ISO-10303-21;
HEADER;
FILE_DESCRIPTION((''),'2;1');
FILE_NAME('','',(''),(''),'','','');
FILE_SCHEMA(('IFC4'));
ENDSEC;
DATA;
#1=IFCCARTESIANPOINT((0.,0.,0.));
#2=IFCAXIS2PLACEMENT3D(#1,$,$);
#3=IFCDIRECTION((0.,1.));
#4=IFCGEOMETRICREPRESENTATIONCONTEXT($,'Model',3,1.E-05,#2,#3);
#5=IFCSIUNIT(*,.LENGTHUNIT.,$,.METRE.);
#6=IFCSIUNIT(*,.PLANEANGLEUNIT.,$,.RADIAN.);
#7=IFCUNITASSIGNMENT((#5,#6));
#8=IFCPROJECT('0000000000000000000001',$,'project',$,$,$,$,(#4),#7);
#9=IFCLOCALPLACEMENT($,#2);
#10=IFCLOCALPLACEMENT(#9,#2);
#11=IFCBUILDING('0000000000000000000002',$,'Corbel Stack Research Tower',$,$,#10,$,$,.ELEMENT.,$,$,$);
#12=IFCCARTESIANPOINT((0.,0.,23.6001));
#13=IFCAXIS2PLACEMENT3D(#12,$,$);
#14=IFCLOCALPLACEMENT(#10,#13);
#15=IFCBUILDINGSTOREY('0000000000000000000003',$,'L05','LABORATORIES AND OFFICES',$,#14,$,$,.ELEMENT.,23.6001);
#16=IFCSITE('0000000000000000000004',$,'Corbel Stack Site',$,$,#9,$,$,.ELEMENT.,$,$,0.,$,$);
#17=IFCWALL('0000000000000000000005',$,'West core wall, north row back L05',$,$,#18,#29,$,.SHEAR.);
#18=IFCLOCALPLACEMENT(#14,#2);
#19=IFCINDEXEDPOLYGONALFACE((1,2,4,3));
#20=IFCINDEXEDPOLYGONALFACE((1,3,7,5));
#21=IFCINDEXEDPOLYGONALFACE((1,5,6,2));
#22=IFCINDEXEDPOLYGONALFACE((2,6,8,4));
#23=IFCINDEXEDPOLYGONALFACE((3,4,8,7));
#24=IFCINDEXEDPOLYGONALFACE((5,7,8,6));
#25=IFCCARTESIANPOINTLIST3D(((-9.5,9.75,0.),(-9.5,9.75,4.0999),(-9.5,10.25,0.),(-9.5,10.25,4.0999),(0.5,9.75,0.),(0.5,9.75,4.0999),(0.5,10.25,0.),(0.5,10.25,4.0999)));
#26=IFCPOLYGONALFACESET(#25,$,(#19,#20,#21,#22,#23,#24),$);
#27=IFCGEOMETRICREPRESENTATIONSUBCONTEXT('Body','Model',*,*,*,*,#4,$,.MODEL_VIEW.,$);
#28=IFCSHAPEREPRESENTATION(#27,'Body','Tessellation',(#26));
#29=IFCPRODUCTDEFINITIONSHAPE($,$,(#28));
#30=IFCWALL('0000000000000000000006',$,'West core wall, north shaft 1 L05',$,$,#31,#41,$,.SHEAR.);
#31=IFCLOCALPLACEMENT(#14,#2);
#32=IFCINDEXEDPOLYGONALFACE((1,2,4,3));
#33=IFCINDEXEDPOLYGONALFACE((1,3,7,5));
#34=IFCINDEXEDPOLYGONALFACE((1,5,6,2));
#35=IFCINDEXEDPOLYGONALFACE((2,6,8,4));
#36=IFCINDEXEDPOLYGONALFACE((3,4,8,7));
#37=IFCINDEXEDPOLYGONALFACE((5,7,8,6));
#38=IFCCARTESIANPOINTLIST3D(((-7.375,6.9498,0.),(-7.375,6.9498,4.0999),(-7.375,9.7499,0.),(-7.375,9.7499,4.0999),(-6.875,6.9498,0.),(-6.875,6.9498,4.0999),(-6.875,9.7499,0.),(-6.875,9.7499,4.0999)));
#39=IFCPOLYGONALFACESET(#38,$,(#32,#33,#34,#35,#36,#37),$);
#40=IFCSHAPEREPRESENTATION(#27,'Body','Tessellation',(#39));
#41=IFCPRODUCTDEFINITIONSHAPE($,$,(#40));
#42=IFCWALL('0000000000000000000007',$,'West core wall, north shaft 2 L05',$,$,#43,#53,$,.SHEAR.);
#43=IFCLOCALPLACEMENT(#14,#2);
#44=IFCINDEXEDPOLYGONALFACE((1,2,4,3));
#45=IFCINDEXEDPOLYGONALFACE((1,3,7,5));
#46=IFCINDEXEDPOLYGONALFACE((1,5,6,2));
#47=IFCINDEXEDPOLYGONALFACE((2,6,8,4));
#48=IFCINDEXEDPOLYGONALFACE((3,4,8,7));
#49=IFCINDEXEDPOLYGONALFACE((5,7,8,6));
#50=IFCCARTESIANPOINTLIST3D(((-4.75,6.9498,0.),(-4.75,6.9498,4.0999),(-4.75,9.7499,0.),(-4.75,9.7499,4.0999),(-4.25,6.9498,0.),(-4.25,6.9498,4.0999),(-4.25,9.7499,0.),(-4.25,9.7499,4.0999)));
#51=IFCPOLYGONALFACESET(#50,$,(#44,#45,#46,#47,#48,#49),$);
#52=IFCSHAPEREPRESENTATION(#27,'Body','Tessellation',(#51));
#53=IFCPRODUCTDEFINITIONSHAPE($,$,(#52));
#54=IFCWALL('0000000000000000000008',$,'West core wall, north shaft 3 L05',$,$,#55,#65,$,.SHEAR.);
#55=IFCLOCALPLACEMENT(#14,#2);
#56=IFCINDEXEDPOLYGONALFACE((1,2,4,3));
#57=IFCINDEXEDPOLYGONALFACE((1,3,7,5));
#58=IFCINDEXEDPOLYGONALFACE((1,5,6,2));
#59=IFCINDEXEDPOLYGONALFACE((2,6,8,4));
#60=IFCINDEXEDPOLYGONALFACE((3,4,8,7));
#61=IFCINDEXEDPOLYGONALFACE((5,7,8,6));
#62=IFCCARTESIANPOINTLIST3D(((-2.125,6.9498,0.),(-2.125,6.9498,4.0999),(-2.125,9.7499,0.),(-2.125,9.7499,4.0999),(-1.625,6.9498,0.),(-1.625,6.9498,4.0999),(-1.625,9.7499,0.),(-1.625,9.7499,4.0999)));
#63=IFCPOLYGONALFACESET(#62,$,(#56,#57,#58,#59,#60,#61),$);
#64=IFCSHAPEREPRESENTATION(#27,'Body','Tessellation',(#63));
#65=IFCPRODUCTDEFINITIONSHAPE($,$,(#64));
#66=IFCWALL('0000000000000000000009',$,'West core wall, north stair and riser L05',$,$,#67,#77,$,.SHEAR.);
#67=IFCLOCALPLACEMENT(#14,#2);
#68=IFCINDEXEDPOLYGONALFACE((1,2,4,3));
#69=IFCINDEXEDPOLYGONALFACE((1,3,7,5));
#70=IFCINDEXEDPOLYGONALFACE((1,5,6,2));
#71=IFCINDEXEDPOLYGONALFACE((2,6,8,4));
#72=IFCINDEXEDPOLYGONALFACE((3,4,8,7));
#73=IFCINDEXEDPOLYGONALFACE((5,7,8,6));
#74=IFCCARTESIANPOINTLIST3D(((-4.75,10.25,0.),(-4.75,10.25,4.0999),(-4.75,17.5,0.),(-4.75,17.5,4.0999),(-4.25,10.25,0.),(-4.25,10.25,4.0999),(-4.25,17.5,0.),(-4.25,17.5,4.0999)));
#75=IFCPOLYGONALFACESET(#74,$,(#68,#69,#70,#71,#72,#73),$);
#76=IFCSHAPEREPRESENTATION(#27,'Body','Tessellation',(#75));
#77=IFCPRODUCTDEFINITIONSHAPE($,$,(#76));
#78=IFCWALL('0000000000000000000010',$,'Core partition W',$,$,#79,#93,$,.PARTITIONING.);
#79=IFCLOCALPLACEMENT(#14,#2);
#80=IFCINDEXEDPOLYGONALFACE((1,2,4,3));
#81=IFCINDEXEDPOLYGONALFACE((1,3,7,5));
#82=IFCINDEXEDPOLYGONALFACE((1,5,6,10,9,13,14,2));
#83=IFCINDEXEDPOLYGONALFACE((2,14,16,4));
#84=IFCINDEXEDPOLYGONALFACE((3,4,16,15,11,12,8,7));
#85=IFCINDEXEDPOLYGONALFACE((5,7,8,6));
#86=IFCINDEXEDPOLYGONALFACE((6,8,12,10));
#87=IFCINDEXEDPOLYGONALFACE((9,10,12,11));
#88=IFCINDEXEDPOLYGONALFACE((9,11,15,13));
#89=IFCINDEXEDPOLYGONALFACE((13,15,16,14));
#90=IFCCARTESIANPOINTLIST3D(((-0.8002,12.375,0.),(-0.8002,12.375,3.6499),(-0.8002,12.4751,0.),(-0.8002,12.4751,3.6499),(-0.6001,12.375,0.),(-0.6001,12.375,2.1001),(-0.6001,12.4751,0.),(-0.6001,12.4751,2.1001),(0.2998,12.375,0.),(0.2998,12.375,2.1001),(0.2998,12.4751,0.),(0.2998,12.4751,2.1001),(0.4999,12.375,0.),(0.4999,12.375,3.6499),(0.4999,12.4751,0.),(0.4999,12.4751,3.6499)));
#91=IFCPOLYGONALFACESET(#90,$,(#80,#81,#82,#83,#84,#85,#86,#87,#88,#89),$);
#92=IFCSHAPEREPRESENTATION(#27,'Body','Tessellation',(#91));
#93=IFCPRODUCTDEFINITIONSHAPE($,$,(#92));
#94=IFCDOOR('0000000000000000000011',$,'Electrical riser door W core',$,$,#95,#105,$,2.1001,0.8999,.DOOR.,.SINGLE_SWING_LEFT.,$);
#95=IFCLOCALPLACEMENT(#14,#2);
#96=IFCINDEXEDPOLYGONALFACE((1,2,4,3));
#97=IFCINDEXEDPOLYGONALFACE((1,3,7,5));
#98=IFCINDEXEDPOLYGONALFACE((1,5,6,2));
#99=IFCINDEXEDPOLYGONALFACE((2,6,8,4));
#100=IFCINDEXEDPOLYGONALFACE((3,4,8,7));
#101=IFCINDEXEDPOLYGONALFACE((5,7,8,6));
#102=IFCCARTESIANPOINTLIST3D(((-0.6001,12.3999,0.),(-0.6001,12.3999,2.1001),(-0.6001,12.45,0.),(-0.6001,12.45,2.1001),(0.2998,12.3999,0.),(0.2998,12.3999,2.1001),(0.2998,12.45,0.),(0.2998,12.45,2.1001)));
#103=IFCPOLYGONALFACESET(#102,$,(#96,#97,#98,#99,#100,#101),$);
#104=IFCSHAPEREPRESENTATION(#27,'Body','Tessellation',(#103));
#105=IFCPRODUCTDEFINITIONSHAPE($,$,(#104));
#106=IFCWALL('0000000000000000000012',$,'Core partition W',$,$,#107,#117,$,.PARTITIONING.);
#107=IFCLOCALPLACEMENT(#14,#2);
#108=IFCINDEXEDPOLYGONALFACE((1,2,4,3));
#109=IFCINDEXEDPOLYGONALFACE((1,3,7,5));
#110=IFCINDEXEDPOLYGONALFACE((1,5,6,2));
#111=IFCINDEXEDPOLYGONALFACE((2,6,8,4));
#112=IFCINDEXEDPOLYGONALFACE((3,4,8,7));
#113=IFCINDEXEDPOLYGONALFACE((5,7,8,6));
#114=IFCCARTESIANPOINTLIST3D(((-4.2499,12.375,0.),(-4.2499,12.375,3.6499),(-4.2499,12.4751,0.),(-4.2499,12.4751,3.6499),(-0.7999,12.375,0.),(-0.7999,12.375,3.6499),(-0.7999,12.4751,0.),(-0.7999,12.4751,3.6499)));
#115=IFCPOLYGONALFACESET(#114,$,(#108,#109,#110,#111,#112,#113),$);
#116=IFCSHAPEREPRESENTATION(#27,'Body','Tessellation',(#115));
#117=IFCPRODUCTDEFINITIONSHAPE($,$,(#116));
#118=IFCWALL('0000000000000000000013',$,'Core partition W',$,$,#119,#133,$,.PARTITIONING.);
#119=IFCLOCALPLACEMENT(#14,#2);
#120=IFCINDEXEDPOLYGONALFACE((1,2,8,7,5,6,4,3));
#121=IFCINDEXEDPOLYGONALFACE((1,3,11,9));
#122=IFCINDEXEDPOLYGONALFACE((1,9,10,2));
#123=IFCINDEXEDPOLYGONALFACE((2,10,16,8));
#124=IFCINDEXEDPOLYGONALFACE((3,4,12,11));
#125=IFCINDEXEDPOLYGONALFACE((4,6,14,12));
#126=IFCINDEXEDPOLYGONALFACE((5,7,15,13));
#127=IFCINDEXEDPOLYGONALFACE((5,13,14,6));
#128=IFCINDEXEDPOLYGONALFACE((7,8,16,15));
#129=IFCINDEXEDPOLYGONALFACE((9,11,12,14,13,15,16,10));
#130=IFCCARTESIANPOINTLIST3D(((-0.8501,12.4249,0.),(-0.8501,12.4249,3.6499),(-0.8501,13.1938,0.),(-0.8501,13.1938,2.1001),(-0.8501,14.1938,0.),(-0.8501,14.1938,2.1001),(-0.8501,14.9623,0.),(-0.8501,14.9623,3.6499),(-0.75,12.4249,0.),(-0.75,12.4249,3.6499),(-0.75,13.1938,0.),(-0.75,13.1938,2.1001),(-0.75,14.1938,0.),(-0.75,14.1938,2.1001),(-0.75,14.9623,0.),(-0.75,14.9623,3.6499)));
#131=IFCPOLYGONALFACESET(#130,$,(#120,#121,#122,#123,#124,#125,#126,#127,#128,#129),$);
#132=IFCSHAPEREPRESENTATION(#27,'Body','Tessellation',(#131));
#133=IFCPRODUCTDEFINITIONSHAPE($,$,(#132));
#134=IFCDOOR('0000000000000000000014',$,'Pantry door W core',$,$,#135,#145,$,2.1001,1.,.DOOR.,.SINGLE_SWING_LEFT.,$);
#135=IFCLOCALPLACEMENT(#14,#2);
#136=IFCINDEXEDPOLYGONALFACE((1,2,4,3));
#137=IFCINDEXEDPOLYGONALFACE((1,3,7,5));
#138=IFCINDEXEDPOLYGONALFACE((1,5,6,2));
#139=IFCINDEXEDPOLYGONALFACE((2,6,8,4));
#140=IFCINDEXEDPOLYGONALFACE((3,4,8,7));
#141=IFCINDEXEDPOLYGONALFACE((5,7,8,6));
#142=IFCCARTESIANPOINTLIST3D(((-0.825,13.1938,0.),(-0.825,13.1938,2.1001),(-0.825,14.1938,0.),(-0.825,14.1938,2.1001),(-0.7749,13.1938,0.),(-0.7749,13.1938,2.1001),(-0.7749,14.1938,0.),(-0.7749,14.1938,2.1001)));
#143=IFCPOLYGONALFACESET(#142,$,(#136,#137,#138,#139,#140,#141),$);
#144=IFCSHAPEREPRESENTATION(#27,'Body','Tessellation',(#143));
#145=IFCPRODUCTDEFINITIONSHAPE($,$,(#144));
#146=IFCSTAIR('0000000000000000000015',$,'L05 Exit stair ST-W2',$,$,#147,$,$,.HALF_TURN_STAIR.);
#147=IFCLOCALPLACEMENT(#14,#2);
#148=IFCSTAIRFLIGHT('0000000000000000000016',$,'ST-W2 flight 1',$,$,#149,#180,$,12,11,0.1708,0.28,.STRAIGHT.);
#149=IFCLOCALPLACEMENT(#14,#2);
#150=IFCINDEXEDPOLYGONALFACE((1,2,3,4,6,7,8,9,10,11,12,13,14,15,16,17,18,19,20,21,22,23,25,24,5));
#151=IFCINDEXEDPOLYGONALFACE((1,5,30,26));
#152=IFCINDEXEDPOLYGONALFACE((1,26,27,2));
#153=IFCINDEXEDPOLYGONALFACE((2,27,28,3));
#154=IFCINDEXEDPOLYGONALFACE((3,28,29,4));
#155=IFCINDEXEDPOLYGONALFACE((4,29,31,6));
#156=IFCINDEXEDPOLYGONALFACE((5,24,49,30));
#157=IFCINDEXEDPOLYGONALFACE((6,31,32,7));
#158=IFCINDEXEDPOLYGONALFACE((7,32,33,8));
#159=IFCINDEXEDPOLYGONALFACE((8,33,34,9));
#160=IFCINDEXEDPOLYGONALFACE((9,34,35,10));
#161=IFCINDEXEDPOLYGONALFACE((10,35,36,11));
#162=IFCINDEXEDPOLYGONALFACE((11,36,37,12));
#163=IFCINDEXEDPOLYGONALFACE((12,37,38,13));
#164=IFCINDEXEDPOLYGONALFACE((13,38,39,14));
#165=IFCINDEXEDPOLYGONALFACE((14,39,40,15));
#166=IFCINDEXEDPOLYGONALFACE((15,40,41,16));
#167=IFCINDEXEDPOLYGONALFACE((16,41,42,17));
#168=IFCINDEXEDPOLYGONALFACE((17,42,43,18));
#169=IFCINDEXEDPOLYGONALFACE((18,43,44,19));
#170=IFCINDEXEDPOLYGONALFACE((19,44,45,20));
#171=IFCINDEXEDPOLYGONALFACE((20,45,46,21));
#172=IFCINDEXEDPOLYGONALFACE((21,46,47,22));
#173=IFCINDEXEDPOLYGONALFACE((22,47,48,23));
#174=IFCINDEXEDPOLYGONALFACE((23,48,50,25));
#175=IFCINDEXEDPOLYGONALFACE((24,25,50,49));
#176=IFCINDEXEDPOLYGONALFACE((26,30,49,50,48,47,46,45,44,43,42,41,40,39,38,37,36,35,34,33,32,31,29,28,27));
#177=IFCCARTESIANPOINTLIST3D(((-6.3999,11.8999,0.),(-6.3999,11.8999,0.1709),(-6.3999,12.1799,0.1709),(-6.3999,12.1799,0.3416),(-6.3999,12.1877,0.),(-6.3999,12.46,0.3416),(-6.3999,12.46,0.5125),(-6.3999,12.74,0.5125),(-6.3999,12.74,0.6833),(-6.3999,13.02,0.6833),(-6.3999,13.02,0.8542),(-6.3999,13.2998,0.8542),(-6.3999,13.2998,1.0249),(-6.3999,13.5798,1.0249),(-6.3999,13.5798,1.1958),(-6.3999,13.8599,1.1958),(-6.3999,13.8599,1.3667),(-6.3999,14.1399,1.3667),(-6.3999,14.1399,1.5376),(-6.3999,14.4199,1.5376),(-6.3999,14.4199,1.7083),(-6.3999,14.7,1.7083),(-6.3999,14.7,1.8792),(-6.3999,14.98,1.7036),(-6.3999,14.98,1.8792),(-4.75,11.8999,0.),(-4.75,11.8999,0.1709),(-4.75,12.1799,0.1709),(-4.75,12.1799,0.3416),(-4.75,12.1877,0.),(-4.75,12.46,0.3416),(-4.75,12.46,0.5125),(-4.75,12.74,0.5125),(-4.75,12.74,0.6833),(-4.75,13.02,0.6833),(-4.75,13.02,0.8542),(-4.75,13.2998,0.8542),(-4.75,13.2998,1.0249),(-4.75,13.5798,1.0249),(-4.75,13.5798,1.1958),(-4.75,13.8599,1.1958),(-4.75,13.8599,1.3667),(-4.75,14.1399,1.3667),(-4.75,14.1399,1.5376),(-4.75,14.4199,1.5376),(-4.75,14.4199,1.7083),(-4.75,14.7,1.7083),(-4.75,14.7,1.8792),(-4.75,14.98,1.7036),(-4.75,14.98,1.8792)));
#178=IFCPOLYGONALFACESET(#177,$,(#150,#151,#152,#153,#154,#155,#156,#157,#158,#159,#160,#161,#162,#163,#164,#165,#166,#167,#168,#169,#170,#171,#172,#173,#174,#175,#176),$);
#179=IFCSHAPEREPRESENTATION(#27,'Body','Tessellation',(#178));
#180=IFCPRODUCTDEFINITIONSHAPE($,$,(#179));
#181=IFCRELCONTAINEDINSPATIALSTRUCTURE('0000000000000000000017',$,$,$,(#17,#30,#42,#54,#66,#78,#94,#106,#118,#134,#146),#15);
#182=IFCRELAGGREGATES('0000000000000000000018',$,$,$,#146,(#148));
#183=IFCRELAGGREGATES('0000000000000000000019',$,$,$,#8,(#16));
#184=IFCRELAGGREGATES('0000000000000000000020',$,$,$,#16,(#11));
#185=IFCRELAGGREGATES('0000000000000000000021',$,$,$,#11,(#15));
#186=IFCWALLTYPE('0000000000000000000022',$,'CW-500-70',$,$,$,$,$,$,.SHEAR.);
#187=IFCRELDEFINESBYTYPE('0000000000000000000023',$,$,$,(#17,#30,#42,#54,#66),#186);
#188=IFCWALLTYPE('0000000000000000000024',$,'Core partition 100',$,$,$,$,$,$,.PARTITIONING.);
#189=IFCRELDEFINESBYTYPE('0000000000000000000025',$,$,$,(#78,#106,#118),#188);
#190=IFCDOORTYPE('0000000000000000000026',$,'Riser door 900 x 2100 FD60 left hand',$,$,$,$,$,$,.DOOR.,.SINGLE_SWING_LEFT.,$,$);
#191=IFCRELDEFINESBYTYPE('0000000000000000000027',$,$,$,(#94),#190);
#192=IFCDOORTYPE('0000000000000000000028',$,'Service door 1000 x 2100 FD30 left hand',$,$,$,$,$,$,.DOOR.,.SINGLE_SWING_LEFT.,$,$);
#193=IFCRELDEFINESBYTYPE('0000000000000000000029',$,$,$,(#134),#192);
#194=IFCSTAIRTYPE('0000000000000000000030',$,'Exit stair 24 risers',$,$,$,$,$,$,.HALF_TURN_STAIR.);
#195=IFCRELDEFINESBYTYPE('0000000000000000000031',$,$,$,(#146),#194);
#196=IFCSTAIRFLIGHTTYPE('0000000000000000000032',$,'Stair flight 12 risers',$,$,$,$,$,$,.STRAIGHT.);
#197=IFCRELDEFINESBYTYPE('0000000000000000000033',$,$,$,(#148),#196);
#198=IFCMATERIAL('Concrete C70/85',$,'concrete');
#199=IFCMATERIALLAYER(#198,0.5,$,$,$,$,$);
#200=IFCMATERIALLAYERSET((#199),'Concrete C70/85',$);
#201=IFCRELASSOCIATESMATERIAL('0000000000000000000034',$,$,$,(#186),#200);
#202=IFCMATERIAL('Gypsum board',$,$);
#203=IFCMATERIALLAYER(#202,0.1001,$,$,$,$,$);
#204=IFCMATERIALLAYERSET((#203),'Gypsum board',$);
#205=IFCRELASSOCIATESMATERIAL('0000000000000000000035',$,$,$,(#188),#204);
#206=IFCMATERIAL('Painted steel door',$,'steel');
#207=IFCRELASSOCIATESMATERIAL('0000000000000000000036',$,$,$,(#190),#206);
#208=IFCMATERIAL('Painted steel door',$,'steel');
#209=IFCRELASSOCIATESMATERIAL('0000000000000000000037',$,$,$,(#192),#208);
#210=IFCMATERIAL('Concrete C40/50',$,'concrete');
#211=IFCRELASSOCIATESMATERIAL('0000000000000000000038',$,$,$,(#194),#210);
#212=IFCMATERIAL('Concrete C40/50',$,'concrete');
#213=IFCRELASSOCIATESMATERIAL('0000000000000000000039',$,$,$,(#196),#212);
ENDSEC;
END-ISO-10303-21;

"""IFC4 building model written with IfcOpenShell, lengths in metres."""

from ifc_helpers import new_model, si_unit, direction, frame, frame_2d, origin, place, context, subcontext, project, spatial, polyline, rectangle, outline, extrude, material, layer, layer_set, type_object, element, fill, aggregate, save


model = new_model("IFC4")

# Units and contexts
model_context = context("Model", 3, precision=1e-05, world=origin(), true_north=direction((0.0, 1.0)))
body_context = subcontext(model_context, "Body", "Model", "MODEL_VIEW")
ifc_project = project(units=[si_unit("LENGTHUNIT", "METRE"), si_unit("PLANEANGLEUNIT", "RADIAN")], contexts=[model_context])

# Site, building, storey
site_placement = place(None, origin())
site = spatial("IfcSite", under=ifc_project, at=site_placement, Name="Corbel Stack Site", CompositionType="ELEMENT", RefElevation=0.0)
building_placement = place(site_placement, origin())
building = spatial("IfcBuilding", under=site, at=building_placement, Name="Corbel Stack Research Tower", CompositionType="ELEMENT")
storey_placement = place(building_placement, frame((0.0, 0.0, 23.6001)))
storey = spatial("IfcBuildingStorey", under=building, at=storey_placement, Name="L05", Description="LABORATORIES AND OFFICES", CompositionType="ELEMENT", Elevation=23.6001)

# Walls
ifc_material_1 = material(Name="Concrete C70/85", Category="concrete")
ifc_layer_1 = layer(ifc_material_1, 0.5)
ifc_layer_set_1 = layer_set([ifc_layer_1], Name="Concrete C70/85")
wall_type_1 = type_object("IfcWallType", Name="CW-500-70", PredefinedType="SHEAR", material=ifc_layer_set_1)
wall_1_placement = place(storey_placement, frame((-9.5, 10.0, 0.0), z_axis=(0.0, 0.0, 1.0), x_axis=(1.0, 0.0, 0.0)))
element("IfcWall", 1, at=wall_1_placement, inside=storey, type_object=wall_type_1, Name="West core wall, north row back L05", PredefinedType="SHEAR", context=body_context, shape_type="SweptSolid", body=[
    extrude(rectangle(XDim=10.0, YDim=0.5, at=frame_2d((5.0, 0.0))), origin(), (0.0, 0.0, 1.0), 4.0999),
])
for number, where, z_axis, x_axis, name in (
    (2, (-7.125, 6.95, 0.0), (0.0, 0.0, 1.0), (0.0, 1.0, 0.0), "West core wall, north shaft 1 L05"),
    (3, (-4.5, 6.95, 0.0), (0.0, 0.0, 1.0), (0.0, 1.0, 0.0), "West core wall, north shaft 2 L05"),
    (4, (-1.875, 6.95, 0.0), (0.0, 0.0, 1.0), (0.0, 1.0, 0.0), "West core wall, north shaft 3 L05"),
):
    element("IfcWall", number, at=place(storey_placement, frame(where, z_axis=z_axis, x_axis=x_axis)), inside=storey, type_object=wall_type_1, Name=name, PredefinedType="SHEAR", context=body_context, shape_type="SweptSolid", body=[
        extrude(rectangle(XDim=2.8, YDim=0.5, at=frame_2d((1.3999, 0.0))), origin(), (0.0, 0.0, 1.0), 4.0999),
    ])
wall_2_placement = place(storey_placement, frame((-4.5, 10.25, 0.0), z_axis=(0.0, 0.0, 1.0), x_axis=(0.0, 1.0, 0.0)))
element("IfcWall", 5, at=wall_2_placement, inside=storey, type_object=wall_type_1, Name="West core wall, north stair and riser L05", PredefinedType="SHEAR", context=body_context, shape_type="SweptSolid", body=[
    extrude(rectangle(XDim=7.25, YDim=0.5, at=frame_2d((3.625, 0.0))), origin(), (0.0, 0.0, 1.0), 4.0999),
])

# Wall, opening, door
ifc_material_2 = material(Name="Gypsum board")
ifc_layer_2 = layer(ifc_material_2, 0.1001)
ifc_layer_set_2 = layer_set([ifc_layer_2], Name="Gypsum board")
wall_type_2 = type_object("IfcWallType", Name="Core partition 100", PredefinedType="PARTITIONING", material=ifc_layer_set_2)
wall_3_placement = place(storey_placement, frame((-0.8, 12.425, 0.0), z_axis=(0.0, 0.0, 1.0), x_axis=(1.0, 0.0, 0.0)))
wall_3 = element("IfcWall", 6, at=wall_3_placement, inside=storey, type_object=wall_type_2, Name="Core partition W", PredefinedType="PARTITIONING", context=body_context, shape_type="SweptSolid", body=[
    extrude(rectangle(XDim=1.3, YDim=0.1001, at=frame_2d((0.6499, 0.0))), origin(), (0.0, 0.0, 1.0), 3.6499),
])
opening_1_placement = place(wall_3_placement, frame((0.2, 0.0, 0.0)))
opening_1 = element("IfcOpeningElement", 7, at=opening_1_placement, cuts=wall_3, PredefinedType="OPENING", context=body_context, shape_type="SweptSolid", body=[
    extrude(rectangle(XDim=0.8999, YDim=2.1001, at=frame_2d((0.45, 1.05))), frame((0.0, 0.0601, 0.0), z_axis=(0.0, -1.0, 0.0), x_axis=(1.0, 0.0, 0.0)), (0.0, 0.0, 1.0), 0.1201),
])
ifc_material_3 = material(Name="Painted steel door", Category="steel")
door_type_1 = type_object("IfcDoorType", Name="Riser door 900 x 2100 FD60 left hand", OperationType="SINGLE_SWING_LEFT", PredefinedType="DOOR", material=ifc_material_3)
door_1_placement = place(opening_1_placement, origin())
door_1 = element("IfcDoor", 8, at=door_1_placement, inside=storey, type_object=door_type_1, Name="Electrical riser door W core", OperationType="SINGLE_SWING_LEFT", OverallHeight=2.1001, OverallWidth=0.8999, PredefinedType="DOOR", context=body_context, shape_type="SweptSolid", body=[
    extrude(rectangle(XDim=0.8999, YDim=2.1001, at=frame_2d((0.45, 1.05))), frame((0.0, 0.0249, 0.0), z_axis=(0.0, -1.0, 0.0), x_axis=(1.0, 0.0, 0.0)), (0.0, 0.0, 1.0), 0.05),
])
fill(opening_1, door_1)

# Wall
wall_4_placement = place(storey_placement, frame((-4.25, 12.425, 0.0), z_axis=(0.0, 0.0, 1.0), x_axis=(1.0, 0.0, 0.0)))
element("IfcWall", 9, at=wall_4_placement, inside=storey, type_object=wall_type_2, Name="Core partition W", PredefinedType="PARTITIONING", context=body_context, shape_type="SweptSolid", body=[
    extrude(rectangle(XDim=3.45, YDim=0.1001, at=frame_2d((1.7251, 0.0))), origin(), (0.0, 0.0, 1.0), 3.6499),
])

# Wall, opening, door
wall_5_placement = place(storey_placement, frame((-0.8, 12.425, 0.0), z_axis=(0.0, 0.0, 1.0), x_axis=(0.0, 1.0, 0.0)))
wall_5 = element("IfcWall", 10, at=wall_5_placement, inside=storey, type_object=wall_type_2, Name="Core partition W", PredefinedType="PARTITIONING", context=body_context, shape_type="SweptSolid", body=[
    extrude(rectangle(XDim=2.5374, YDim=0.1001, at=frame_2d((1.2686, 0.0))), origin(), (0.0, 0.0, 1.0), 3.6499),
])
opening_2_placement = place(wall_5_placement, frame((0.7688, 0.0, 0.0)))
opening_2 = element("IfcOpeningElement", 11, at=opening_2_placement, cuts=wall_5, PredefinedType="OPENING", context=body_context, shape_type="SweptSolid", body=[
    extrude(rectangle(XDim=1.0, YDim=2.1001, at=frame_2d((0.5, 1.05))), frame((0.0, 0.0601, 0.0), z_axis=(0.0, -1.0, 0.0), x_axis=(1.0, 0.0, 0.0)), (0.0, 0.0, 1.0), 0.1201),
])
ifc_material_4 = material(Name="Painted steel door", Category="steel")
door_type_2 = type_object("IfcDoorType", Name="Service door 1000 x 2100 FD30 left hand", OperationType="SINGLE_SWING_LEFT", PredefinedType="DOOR", material=ifc_material_4)
door_2_placement = place(opening_2_placement, origin())
door_2 = element("IfcDoor", 12, at=door_2_placement, inside=storey, type_object=door_type_2, Name="Pantry door W core", OperationType="SINGLE_SWING_LEFT", OverallHeight=2.1001, OverallWidth=1.0, PredefinedType="DOOR", context=body_context, shape_type="SweptSolid", body=[
    extrude(rectangle(XDim=1.0, YDim=2.1001, at=frame_2d((0.5, 1.05))), frame((0.0, 0.0249, 0.0), z_axis=(0.0, -1.0, 0.0), x_axis=(1.0, 0.0, 0.0)), (0.0, 0.0, 1.0), 0.05),
])
fill(opening_2, door_2)

# Stair, stair flight
ifc_material_5 = material(Name="Concrete C40/50", Category="concrete")
stair_type = type_object("IfcStairType", Name="Exit stair 24 risers", PredefinedType="HALF_TURN_STAIR", material=ifc_material_5)
stair_placement = place(storey_placement, origin())
stair = element("IfcStair", 13, at=stair_placement, inside=storey, type_object=stair_type, Name="L05 Exit stair ST-W2", PredefinedType="HALF_TURN_STAIR")
ifc_material_6 = material(Name="Concrete C40/50", Category="concrete")
stair_flight_type = type_object("IfcStairFlightType", Name="Stair flight 12 risers", PredefinedType="STRAIGHT", material=ifc_material_6)
stair_flight_placement = place(storey_placement, frame((-5.575, 11.8999, 0.0), z_axis=(0.0, 0.0, 1.0), x_axis=(0.0, 1.0, 0.0)))
stair_flight = element("IfcStairFlight", 14, at=stair_flight_placement, type_object=stair_flight_type, Name="ST-W2 flight 1", NumberOfRisers=12, NumberOfTreads=11, PredefinedType="STRAIGHT", RiserHeight=0.1708, TreadLength=0.28, context=body_context, shape_type="SweptSolid", body=[
    extrude(outline(polyline([(0.0, 0.0), (0.0, 0.1709), (0.28, 0.1709), (0.28, 0.3416), (0.5601, 0.3416), (0.5601, 0.5125), (0.8401, 0.5125), (0.8401, 0.6833), (1.1201, 0.6833), (1.1201, 0.8542), (1.3999, 0.8542), (1.3999, 1.0249), (1.6799, 1.0249), (1.6799, 1.1958), (1.96, 1.1958), (1.96, 1.3667), (2.24, 1.3667), (2.24, 1.5376), (2.52, 1.5376), (2.52, 1.7083), (2.8, 1.7083), (2.8, 1.8792), (3.0801, 1.8792), (3.0801, 2.05), (3.0801, 1.7036), (0.2878, 0.0), (0.0, 0.0)])), frame((0.0, 0.825, 0.0), z_axis=(0.0, -1.0, 0.0), x_axis=(1.0, 0.0, 0.0)), (0.0, 0.0, 1.0), 1.6499),
])
aggregate(stair, [stair_flight])

save(model, "model.ifc")
